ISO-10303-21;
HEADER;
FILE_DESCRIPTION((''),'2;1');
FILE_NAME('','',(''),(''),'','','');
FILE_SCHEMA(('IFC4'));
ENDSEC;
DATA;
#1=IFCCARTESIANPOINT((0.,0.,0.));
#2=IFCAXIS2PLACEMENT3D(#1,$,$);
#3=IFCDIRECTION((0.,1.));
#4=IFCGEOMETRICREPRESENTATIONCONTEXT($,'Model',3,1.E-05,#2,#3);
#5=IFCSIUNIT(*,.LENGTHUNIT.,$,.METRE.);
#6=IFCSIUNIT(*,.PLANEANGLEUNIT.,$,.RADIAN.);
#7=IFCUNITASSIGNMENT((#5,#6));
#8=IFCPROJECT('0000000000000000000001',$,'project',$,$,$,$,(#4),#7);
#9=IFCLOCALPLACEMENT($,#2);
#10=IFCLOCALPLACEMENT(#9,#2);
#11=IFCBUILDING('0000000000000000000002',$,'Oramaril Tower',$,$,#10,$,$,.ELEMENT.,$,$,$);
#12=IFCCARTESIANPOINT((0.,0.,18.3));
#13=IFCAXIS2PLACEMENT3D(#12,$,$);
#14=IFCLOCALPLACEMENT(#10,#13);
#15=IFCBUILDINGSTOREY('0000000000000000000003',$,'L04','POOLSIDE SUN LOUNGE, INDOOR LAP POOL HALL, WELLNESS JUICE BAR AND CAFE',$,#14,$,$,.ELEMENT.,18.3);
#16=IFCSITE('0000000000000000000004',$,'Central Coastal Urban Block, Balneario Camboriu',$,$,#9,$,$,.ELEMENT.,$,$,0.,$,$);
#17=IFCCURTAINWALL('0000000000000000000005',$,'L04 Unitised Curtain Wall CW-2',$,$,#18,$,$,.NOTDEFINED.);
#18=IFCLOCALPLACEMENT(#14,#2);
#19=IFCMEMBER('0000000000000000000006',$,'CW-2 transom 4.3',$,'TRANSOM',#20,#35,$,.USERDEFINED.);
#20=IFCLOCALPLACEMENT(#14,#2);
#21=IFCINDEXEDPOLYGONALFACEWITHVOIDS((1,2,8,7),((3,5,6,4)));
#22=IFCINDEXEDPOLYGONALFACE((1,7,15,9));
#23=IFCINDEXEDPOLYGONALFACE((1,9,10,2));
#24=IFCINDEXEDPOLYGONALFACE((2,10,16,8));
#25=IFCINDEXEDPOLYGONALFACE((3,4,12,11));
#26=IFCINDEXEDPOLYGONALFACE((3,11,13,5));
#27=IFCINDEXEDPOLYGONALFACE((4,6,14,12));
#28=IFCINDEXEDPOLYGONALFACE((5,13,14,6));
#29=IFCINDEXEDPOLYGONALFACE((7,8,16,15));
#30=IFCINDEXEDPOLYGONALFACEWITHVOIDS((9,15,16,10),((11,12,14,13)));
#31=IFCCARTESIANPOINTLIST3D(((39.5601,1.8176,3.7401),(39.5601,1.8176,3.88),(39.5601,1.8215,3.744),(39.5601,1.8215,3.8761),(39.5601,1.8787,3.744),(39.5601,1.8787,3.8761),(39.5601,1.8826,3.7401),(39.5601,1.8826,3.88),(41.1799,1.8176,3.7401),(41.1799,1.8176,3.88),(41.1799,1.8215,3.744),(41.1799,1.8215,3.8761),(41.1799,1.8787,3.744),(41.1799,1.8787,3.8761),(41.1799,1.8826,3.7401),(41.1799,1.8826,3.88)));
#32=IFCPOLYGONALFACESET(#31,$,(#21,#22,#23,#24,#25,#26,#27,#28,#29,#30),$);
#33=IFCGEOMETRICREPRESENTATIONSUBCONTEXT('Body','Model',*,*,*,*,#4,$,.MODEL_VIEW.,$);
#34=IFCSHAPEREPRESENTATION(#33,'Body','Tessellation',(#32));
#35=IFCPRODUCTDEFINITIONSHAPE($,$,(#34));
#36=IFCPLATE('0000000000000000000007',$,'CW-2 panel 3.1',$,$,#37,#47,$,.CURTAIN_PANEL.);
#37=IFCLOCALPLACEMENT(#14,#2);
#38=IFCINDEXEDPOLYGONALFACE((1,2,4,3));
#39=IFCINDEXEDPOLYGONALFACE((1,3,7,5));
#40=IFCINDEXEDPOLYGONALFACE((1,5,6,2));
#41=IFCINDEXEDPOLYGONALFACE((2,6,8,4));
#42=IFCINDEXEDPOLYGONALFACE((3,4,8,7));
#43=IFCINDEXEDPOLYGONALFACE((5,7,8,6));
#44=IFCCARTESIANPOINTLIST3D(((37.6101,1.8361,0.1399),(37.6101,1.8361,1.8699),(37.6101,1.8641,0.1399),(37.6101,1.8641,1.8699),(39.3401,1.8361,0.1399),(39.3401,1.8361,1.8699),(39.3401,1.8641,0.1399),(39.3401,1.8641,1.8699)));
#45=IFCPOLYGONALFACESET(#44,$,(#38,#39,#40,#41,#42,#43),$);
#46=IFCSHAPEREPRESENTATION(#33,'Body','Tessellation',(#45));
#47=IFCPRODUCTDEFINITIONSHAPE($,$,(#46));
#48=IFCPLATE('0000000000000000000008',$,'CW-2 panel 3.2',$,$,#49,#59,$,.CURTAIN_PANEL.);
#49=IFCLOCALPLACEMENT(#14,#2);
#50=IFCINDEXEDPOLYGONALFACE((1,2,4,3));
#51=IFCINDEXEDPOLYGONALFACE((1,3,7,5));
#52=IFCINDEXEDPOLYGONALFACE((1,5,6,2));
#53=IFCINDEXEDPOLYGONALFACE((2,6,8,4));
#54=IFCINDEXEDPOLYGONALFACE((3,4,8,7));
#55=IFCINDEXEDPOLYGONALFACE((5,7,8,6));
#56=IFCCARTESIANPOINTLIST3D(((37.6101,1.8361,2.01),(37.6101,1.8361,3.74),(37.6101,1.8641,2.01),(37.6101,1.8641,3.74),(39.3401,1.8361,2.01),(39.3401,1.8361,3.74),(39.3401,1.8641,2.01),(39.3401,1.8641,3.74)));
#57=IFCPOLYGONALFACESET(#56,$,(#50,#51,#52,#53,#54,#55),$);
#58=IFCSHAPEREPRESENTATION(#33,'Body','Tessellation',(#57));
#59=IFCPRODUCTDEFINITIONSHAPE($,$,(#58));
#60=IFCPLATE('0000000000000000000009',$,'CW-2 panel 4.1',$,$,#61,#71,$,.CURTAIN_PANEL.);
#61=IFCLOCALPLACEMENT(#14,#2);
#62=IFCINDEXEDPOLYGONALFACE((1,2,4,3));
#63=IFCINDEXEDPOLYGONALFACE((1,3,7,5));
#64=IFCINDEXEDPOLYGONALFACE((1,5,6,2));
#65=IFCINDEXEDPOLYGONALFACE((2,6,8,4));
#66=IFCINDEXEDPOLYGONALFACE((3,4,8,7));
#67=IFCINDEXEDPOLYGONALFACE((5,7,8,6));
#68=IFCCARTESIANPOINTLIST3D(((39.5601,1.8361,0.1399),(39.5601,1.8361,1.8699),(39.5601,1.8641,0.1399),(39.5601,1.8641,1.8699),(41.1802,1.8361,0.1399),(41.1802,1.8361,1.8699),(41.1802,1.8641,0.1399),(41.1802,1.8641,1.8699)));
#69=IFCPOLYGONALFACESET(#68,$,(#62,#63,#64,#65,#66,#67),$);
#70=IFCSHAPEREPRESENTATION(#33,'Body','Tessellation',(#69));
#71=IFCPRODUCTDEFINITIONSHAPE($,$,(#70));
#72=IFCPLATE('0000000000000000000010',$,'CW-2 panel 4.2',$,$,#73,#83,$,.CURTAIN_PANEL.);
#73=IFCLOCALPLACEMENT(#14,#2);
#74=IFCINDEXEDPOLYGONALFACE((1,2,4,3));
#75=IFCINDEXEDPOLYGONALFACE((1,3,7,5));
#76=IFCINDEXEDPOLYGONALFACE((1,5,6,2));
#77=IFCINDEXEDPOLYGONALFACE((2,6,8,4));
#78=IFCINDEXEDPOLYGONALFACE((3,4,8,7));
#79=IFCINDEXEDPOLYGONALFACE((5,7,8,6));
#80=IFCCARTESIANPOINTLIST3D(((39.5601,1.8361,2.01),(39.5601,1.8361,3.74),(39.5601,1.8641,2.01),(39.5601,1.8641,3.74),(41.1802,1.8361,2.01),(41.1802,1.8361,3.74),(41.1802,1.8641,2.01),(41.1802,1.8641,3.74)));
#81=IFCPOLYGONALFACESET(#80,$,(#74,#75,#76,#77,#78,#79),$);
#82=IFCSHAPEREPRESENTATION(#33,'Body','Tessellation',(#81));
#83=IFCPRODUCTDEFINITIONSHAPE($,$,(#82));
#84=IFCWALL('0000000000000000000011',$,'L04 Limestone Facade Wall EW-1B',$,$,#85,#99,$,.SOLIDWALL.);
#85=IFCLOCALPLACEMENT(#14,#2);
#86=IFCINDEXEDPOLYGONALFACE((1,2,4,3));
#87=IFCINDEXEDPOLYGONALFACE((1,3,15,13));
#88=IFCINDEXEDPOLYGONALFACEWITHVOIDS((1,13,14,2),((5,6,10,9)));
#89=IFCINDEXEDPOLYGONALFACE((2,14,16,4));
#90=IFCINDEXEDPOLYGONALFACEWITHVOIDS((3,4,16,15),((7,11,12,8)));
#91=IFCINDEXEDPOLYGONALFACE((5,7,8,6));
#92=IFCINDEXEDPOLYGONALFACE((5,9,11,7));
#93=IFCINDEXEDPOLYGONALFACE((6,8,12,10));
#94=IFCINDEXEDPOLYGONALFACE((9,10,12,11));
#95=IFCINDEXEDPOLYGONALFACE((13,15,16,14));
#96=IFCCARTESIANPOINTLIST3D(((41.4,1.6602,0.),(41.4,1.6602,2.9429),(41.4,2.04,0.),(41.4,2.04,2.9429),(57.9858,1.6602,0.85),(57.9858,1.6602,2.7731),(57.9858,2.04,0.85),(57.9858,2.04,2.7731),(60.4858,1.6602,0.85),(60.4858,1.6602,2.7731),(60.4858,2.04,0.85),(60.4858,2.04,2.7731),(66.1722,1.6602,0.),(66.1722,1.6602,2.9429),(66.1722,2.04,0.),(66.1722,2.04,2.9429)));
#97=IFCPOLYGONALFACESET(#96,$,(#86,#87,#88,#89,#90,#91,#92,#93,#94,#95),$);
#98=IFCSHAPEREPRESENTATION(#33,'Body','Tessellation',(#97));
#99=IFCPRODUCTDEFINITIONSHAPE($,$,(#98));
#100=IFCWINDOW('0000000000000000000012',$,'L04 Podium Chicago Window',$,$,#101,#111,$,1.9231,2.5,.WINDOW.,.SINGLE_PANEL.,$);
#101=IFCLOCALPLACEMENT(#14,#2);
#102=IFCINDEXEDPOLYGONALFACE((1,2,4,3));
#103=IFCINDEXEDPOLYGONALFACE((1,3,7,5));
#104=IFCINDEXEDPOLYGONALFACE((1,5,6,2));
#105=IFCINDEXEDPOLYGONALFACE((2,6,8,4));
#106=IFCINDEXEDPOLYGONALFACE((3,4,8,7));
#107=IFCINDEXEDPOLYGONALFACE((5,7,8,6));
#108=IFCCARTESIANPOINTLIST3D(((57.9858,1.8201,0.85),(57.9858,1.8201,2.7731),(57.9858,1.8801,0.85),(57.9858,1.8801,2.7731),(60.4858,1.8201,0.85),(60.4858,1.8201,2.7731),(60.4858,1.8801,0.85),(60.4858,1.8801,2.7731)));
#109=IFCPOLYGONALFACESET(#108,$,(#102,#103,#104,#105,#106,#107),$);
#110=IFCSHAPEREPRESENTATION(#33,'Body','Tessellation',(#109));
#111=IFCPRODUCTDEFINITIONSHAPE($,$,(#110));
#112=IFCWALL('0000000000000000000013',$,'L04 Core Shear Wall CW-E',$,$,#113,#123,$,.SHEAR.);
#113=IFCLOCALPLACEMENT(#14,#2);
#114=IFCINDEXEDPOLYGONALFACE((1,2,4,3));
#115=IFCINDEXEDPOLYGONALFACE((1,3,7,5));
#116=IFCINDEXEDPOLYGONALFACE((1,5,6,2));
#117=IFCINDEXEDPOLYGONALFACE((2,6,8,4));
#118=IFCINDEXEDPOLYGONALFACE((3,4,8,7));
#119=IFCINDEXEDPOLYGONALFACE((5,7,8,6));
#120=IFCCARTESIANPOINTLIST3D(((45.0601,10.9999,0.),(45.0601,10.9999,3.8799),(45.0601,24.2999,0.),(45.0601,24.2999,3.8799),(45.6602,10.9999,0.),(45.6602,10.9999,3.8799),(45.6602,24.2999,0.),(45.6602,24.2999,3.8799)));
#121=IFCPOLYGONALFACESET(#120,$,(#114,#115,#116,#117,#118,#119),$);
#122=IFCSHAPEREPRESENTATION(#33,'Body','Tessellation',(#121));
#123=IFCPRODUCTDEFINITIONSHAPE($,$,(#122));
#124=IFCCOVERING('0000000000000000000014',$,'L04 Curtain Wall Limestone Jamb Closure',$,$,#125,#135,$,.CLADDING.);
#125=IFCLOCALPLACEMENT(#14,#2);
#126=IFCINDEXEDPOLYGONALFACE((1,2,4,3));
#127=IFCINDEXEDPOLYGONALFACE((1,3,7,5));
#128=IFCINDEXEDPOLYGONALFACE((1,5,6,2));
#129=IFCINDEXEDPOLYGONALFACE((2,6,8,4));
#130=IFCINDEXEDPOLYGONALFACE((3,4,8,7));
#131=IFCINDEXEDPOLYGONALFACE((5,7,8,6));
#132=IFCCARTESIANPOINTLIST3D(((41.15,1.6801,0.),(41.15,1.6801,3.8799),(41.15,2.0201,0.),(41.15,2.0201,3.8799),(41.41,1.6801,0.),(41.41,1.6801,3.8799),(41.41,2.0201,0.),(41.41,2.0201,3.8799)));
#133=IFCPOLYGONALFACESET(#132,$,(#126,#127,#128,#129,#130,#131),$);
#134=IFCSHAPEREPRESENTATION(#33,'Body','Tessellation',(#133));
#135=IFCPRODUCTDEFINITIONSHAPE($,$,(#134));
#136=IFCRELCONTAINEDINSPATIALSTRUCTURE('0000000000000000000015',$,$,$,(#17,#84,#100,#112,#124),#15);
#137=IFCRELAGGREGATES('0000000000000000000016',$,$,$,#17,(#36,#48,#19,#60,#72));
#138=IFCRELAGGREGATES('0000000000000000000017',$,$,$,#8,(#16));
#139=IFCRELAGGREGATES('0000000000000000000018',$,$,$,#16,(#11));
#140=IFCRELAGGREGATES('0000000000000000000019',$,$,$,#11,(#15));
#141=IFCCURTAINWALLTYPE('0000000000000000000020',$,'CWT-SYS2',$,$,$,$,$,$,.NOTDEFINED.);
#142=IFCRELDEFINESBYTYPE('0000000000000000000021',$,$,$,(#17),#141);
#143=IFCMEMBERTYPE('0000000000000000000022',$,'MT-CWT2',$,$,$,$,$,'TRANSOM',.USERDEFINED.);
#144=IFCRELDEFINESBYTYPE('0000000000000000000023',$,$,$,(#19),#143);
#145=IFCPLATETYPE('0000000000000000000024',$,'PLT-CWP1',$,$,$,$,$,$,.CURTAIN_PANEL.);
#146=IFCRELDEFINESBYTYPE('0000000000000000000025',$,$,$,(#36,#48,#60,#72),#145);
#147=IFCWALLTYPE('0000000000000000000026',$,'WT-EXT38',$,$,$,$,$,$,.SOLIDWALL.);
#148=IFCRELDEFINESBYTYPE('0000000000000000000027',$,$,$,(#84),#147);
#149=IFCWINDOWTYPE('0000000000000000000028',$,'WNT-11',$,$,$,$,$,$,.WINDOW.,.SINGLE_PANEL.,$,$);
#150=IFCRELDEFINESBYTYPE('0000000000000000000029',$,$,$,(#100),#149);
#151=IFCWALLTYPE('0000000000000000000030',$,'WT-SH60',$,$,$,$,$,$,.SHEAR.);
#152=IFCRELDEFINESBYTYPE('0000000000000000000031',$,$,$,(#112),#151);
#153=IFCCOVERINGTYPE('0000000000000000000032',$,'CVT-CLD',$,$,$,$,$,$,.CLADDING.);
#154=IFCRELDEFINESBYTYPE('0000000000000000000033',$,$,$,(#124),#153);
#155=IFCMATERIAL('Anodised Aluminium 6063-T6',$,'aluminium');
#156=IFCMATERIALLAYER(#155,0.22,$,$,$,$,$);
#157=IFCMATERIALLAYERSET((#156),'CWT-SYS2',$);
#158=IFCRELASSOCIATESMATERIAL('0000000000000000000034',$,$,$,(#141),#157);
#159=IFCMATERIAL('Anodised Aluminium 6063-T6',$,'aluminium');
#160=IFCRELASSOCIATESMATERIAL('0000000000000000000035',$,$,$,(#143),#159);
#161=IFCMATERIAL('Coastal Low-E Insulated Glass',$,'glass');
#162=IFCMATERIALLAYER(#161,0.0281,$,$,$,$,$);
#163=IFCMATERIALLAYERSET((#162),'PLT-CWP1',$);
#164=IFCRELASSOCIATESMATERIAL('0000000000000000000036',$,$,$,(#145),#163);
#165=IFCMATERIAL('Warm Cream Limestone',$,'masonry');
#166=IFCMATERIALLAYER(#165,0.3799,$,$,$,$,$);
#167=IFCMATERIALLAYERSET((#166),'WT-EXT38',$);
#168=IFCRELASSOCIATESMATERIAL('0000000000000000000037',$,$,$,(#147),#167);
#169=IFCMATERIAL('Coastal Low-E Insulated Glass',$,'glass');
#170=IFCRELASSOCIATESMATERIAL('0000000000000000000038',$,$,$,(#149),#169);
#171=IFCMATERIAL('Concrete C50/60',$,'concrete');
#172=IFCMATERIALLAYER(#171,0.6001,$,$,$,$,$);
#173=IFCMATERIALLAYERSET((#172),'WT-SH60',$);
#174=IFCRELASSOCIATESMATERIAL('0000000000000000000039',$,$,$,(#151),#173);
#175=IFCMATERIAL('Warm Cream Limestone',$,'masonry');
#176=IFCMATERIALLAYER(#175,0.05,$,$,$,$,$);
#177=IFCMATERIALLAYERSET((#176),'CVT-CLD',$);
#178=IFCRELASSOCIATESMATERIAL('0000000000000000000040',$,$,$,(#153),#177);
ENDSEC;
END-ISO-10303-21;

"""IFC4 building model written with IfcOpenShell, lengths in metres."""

from ifc_helpers import new_model, si_unit, direction, frame, frame_2d, origin, origin_2d, place, context, subcontext, project, spatial, rectangle, hollow_rectangle, extrude, material, layer, layer_set, material_profile, profile_set, type_object, element, fill, aggregate, save


model = new_model("IFC4")

# Units and contexts
model_context = context("Model", 3, precision=1e-05, world=origin(), true_north=direction((0.0, 1.0)))
body_context = subcontext(model_context, "Body", "Model", "MODEL_VIEW")
ifc_project = project(units=[si_unit("LENGTHUNIT", "METRE"), si_unit("PLANEANGLEUNIT", "RADIAN")], contexts=[model_context])

# Site, building, storey
site_placement = place(None, origin())
site = spatial("IfcSite", under=ifc_project, at=site_placement, Name="Central Coastal Urban Block, Balneario Camboriu", CompositionType="ELEMENT", RefElevation=0.0)
building_placement = place(site_placement, origin())
building = spatial("IfcBuilding", under=site, at=building_placement, Name="Oramaril Tower", CompositionType="ELEMENT")
storey_placement = place(building_placement, frame((0.0, 0.0, 18.3)))
storey = spatial("IfcBuildingStorey", under=building, at=storey_placement, Name="L04", Description="POOLSIDE SUN LOUNGE, INDOOR LAP POOL HALL, WELLNESS JUICE BAR AND CAFE", CompositionType="ELEMENT", Elevation=18.3)

# Curtain wall, member, plates
ifc_material_1 = material(Name="Anodised Aluminium 6063-T6", Category="aluminium")
ifc_layer_1 = layer(ifc_material_1, 0.22)
ifc_layer_set_1 = layer_set([ifc_layer_1], Name="CWT-SYS2")
curtain_wall_type = type_object("IfcCurtainWallType", Name="CWT-SYS2", PredefinedType="NOTDEFINED", material=ifc_layer_set_1)
curtain_wall_placement = place(storey_placement, origin())
curtain_wall = element("IfcCurtainWall", 1, at=curtain_wall_placement, inside=storey, type_object=curtain_wall_type, Name="L04 Unitised Curtain Wall CW-2", PredefinedType="NOTDEFINED")
ifc_material_2 = material(Name="Anodised Aluminium 6063-T6", Category="aluminium")
ifc_material_profile_1 = material_profile(ifc_material_2, hollow_rectangle(XDim=0.0649, YDim=0.1399, WallThickness=0.0039, at=origin_2d()), Name="CWT140X65")
ifc_profile_set_1 = profile_set([ifc_material_profile_1], Name="Anodised Aluminium 6063-T6")
member_type_1 = type_object("IfcMemberType", Name="MT-CWT2", ElementType="TRANSOM", PredefinedType="USERDEFINED", material=ifc_profile_set_1)
member_1_placement = place(storey_placement, frame((39.5601, 1.8501, 3.8101), z_axis=(1.0, 0.0, 0.0), x_axis=(0.0, 1.0, 0.0)))
member_1 = element("IfcMember", 2, at=member_1_placement, type_object=member_type_1, Name="CW-2 transom 4.3", ObjectType="TRANSOM", PredefinedType="USERDEFINED", context=body_context, shape_type="SweptSolid", body=[
    extrude(hollow_rectangle(XDim=0.0649, YDim=0.1399, WallThickness=0.0039, at=origin_2d()), origin(), (0.0, 0.0, 1.0), 1.6199),
])
ifc_material_3 = material(Name="Coastal Low-E Insulated Glass", Category="glass")
ifc_layer_2 = layer(ifc_material_3, 0.0281)
ifc_layer_set_2 = layer_set([ifc_layer_2], Name="PLT-CWP1")
plate_type = type_object("IfcPlateType", Name="PLT-CWP1", PredefinedType="CURTAIN_PANEL", material=ifc_layer_set_2)
plate_1_placement = place(storey_placement, frame((38.4751, 1.8501, 0.1399), z_axis=(0.0, 0.0, 1.0), x_axis=(1.0, 0.0, 0.0)))
plate_1 = element("IfcPlate", 3, at=plate_1_placement, type_object=plate_type, Name="CW-2 panel 3.1", PredefinedType="CURTAIN_PANEL", context=body_context, shape_type="SweptSolid", body=[
    extrude(rectangle(XDim=1.73, YDim=0.0281, at=origin_2d()), origin(), (0.0, 0.0, 1.0), 1.73),
])
plate_2_placement = place(storey_placement, frame((38.4751, 1.8501, 2.01), z_axis=(0.0, 0.0, 1.0), x_axis=(1.0, 0.0, 0.0)))
plate_2 = element("IfcPlate", 4, at=plate_2_placement, type_object=plate_type, Name="CW-2 panel 3.2", PredefinedType="CURTAIN_PANEL", context=body_context, shape_type="SweptSolid", body=[
    extrude(rectangle(XDim=1.73, YDim=0.0281, at=origin_2d()), origin(), (0.0, 0.0, 1.0), 1.73),
])
plate_3_placement = place(storey_placement, frame((40.3701, 1.8501, 0.1399), z_axis=(0.0, 0.0, 1.0), x_axis=(1.0, 0.0, 0.0)))
plate_3 = element("IfcPlate", 5, at=plate_3_placement, type_object=plate_type, Name="CW-2 panel 4.1", PredefinedType="CURTAIN_PANEL", context=body_context, shape_type="SweptSolid", body=[
    extrude(rectangle(XDim=1.6201, YDim=0.0281, at=origin_2d()), origin(), (0.0, 0.0, 1.0), 1.73),
])
plate_4_placement = place(storey_placement, frame((40.3701, 1.8501, 2.01), z_axis=(0.0, 0.0, 1.0), x_axis=(1.0, 0.0, 0.0)))
plate_4 = element("IfcPlate", 6, at=plate_4_placement, type_object=plate_type, Name="CW-2 panel 4.2", PredefinedType="CURTAIN_PANEL", context=body_context, shape_type="SweptSolid", body=[
    extrude(rectangle(XDim=1.6201, YDim=0.0281, at=origin_2d()), origin(), (0.0, 0.0, 1.0), 1.73),
])
aggregate(curtain_wall, [plate_1, plate_2, member_1, plate_3, plate_4])

# Wall, opening, window
ifc_material_4 = material(Name="Warm Cream Limestone", Category="masonry")
ifc_layer_3 = layer(ifc_material_4, 0.3799)
ifc_layer_set_3 = layer_set([ifc_layer_3], Name="WT-EXT38")
wall_type_1 = type_object("IfcWallType", Name="WT-EXT38", PredefinedType="SOLIDWALL", material=ifc_layer_set_3)
wall_1_placement = place(storey_placement, frame((41.3999, 1.8501, 0.0), z_axis=(0.0, 0.0, 1.0), x_axis=(1.0, 0.0, 0.0)))
wall_1 = element("IfcWall", 7, at=wall_1_placement, inside=storey, type_object=wall_type_1, Name="L04 Limestone Facade Wall EW-1B", PredefinedType="SOLIDWALL", context=body_context, shape_type="SweptSolid", body=[
    extrude(rectangle(XDim=24.7722, YDim=0.3799, at=frame_2d((12.3862, 0.0))), origin(), (0.0, 0.0, 1.0), 2.9429),
])
opening_placement = place(wall_1_placement, frame((16.5859, 0.0, 0.8501)))
opening = element("IfcOpeningElement", 8, at=opening_placement, cuts=wall_1, PredefinedType="OPENING", context=body_context, shape_type="SweptSolid", body=[
    extrude(rectangle(XDim=2.5, YDim=1.9231, at=frame_2d((1.25, 0.9614))), frame((0.0, 0.1899, 0.0), z_axis=(0.0, -1.0, 0.0), x_axis=(1.0, 0.0, 0.0)), (0.0, 0.0, 1.0), 0.3799),
])
ifc_material_5 = material(Name="Coastal Low-E Insulated Glass", Category="glass")
window_type = type_object("IfcWindowType", Name="WNT-11", PartitioningType="SINGLE_PANEL", PredefinedType="WINDOW", material=ifc_material_5)
window_placement = place(opening_placement, origin())
window = element("IfcWindow", 9, at=window_placement, inside=storey, type_object=window_type, Name="L04 Podium Chicago Window", OverallHeight=1.9231, OverallWidth=2.5, PartitioningType="SINGLE_PANEL", PredefinedType="WINDOW", context=body_context, shape_type="SweptSolid", body=[
    extrude(rectangle(XDim=2.5, YDim=1.9231, at=frame_2d((1.25, 0.9614))), frame((0.0, 0.03, 0.0), z_axis=(0.0, -1.0, 0.0), x_axis=(1.0, 0.0, 0.0)), (0.0, 0.0, 1.0), 0.0601),
])
fill(opening, window)

# Wall
ifc_material_6 = material(Name="Concrete C50/60", Category="concrete")
ifc_layer_4 = layer(ifc_material_6, 0.6001)
ifc_layer_set_4 = layer_set([ifc_layer_4], Name="WT-SH60")
wall_type_2 = type_object("IfcWallType", Name="WT-SH60", PredefinedType="SHEAR", material=ifc_layer_set_4)
wall_2_placement = place(storey_placement, frame((45.3601, 11.0, 0.0), z_axis=(0.0, 0.0, 1.0), x_axis=(0.0, 1.0, 0.0)))
element("IfcWall", 10, at=wall_2_placement, inside=storey, type_object=wall_type_2, Name="L04 Core Shear Wall CW-E", PredefinedType="SHEAR", context=body_context, shape_type="SweptSolid", body=[
    extrude(rectangle(XDim=13.3, YDim=0.6001, at=frame_2d((6.6499, 0.0))), origin(), (0.0, 0.0, 1.0), 3.8799),
])

# Covering
ifc_material_7 = material(Name="Warm Cream Limestone", Category="masonry")
ifc_layer_5 = layer(ifc_material_7, 0.05)
ifc_layer_set_5 = layer_set([ifc_layer_5], Name="CVT-CLD")
covering_type = type_object("IfcCoveringType", Name="CVT-CLD", PredefinedType="CLADDING", material=ifc_layer_set_5)
covering_placement = place(storey_placement, frame((41.28, 1.8501, 0.0), z_axis=(0.0, 0.0, 1.0), x_axis=(1.0, 0.0, 0.0)))
element("IfcCovering", 11, at=covering_placement, inside=storey, type_object=covering_type, Name="L04 Curtain Wall Limestone Jamb Closure", PredefinedType="CLADDING", context=body_context, shape_type="SweptSolid", body=[
    extrude(rectangle(XDim=0.26, YDim=0.3401, at=origin_2d()), origin(), (0.0, 0.0, 1.0), 3.8799),
])

save(model, "model.ifc")
